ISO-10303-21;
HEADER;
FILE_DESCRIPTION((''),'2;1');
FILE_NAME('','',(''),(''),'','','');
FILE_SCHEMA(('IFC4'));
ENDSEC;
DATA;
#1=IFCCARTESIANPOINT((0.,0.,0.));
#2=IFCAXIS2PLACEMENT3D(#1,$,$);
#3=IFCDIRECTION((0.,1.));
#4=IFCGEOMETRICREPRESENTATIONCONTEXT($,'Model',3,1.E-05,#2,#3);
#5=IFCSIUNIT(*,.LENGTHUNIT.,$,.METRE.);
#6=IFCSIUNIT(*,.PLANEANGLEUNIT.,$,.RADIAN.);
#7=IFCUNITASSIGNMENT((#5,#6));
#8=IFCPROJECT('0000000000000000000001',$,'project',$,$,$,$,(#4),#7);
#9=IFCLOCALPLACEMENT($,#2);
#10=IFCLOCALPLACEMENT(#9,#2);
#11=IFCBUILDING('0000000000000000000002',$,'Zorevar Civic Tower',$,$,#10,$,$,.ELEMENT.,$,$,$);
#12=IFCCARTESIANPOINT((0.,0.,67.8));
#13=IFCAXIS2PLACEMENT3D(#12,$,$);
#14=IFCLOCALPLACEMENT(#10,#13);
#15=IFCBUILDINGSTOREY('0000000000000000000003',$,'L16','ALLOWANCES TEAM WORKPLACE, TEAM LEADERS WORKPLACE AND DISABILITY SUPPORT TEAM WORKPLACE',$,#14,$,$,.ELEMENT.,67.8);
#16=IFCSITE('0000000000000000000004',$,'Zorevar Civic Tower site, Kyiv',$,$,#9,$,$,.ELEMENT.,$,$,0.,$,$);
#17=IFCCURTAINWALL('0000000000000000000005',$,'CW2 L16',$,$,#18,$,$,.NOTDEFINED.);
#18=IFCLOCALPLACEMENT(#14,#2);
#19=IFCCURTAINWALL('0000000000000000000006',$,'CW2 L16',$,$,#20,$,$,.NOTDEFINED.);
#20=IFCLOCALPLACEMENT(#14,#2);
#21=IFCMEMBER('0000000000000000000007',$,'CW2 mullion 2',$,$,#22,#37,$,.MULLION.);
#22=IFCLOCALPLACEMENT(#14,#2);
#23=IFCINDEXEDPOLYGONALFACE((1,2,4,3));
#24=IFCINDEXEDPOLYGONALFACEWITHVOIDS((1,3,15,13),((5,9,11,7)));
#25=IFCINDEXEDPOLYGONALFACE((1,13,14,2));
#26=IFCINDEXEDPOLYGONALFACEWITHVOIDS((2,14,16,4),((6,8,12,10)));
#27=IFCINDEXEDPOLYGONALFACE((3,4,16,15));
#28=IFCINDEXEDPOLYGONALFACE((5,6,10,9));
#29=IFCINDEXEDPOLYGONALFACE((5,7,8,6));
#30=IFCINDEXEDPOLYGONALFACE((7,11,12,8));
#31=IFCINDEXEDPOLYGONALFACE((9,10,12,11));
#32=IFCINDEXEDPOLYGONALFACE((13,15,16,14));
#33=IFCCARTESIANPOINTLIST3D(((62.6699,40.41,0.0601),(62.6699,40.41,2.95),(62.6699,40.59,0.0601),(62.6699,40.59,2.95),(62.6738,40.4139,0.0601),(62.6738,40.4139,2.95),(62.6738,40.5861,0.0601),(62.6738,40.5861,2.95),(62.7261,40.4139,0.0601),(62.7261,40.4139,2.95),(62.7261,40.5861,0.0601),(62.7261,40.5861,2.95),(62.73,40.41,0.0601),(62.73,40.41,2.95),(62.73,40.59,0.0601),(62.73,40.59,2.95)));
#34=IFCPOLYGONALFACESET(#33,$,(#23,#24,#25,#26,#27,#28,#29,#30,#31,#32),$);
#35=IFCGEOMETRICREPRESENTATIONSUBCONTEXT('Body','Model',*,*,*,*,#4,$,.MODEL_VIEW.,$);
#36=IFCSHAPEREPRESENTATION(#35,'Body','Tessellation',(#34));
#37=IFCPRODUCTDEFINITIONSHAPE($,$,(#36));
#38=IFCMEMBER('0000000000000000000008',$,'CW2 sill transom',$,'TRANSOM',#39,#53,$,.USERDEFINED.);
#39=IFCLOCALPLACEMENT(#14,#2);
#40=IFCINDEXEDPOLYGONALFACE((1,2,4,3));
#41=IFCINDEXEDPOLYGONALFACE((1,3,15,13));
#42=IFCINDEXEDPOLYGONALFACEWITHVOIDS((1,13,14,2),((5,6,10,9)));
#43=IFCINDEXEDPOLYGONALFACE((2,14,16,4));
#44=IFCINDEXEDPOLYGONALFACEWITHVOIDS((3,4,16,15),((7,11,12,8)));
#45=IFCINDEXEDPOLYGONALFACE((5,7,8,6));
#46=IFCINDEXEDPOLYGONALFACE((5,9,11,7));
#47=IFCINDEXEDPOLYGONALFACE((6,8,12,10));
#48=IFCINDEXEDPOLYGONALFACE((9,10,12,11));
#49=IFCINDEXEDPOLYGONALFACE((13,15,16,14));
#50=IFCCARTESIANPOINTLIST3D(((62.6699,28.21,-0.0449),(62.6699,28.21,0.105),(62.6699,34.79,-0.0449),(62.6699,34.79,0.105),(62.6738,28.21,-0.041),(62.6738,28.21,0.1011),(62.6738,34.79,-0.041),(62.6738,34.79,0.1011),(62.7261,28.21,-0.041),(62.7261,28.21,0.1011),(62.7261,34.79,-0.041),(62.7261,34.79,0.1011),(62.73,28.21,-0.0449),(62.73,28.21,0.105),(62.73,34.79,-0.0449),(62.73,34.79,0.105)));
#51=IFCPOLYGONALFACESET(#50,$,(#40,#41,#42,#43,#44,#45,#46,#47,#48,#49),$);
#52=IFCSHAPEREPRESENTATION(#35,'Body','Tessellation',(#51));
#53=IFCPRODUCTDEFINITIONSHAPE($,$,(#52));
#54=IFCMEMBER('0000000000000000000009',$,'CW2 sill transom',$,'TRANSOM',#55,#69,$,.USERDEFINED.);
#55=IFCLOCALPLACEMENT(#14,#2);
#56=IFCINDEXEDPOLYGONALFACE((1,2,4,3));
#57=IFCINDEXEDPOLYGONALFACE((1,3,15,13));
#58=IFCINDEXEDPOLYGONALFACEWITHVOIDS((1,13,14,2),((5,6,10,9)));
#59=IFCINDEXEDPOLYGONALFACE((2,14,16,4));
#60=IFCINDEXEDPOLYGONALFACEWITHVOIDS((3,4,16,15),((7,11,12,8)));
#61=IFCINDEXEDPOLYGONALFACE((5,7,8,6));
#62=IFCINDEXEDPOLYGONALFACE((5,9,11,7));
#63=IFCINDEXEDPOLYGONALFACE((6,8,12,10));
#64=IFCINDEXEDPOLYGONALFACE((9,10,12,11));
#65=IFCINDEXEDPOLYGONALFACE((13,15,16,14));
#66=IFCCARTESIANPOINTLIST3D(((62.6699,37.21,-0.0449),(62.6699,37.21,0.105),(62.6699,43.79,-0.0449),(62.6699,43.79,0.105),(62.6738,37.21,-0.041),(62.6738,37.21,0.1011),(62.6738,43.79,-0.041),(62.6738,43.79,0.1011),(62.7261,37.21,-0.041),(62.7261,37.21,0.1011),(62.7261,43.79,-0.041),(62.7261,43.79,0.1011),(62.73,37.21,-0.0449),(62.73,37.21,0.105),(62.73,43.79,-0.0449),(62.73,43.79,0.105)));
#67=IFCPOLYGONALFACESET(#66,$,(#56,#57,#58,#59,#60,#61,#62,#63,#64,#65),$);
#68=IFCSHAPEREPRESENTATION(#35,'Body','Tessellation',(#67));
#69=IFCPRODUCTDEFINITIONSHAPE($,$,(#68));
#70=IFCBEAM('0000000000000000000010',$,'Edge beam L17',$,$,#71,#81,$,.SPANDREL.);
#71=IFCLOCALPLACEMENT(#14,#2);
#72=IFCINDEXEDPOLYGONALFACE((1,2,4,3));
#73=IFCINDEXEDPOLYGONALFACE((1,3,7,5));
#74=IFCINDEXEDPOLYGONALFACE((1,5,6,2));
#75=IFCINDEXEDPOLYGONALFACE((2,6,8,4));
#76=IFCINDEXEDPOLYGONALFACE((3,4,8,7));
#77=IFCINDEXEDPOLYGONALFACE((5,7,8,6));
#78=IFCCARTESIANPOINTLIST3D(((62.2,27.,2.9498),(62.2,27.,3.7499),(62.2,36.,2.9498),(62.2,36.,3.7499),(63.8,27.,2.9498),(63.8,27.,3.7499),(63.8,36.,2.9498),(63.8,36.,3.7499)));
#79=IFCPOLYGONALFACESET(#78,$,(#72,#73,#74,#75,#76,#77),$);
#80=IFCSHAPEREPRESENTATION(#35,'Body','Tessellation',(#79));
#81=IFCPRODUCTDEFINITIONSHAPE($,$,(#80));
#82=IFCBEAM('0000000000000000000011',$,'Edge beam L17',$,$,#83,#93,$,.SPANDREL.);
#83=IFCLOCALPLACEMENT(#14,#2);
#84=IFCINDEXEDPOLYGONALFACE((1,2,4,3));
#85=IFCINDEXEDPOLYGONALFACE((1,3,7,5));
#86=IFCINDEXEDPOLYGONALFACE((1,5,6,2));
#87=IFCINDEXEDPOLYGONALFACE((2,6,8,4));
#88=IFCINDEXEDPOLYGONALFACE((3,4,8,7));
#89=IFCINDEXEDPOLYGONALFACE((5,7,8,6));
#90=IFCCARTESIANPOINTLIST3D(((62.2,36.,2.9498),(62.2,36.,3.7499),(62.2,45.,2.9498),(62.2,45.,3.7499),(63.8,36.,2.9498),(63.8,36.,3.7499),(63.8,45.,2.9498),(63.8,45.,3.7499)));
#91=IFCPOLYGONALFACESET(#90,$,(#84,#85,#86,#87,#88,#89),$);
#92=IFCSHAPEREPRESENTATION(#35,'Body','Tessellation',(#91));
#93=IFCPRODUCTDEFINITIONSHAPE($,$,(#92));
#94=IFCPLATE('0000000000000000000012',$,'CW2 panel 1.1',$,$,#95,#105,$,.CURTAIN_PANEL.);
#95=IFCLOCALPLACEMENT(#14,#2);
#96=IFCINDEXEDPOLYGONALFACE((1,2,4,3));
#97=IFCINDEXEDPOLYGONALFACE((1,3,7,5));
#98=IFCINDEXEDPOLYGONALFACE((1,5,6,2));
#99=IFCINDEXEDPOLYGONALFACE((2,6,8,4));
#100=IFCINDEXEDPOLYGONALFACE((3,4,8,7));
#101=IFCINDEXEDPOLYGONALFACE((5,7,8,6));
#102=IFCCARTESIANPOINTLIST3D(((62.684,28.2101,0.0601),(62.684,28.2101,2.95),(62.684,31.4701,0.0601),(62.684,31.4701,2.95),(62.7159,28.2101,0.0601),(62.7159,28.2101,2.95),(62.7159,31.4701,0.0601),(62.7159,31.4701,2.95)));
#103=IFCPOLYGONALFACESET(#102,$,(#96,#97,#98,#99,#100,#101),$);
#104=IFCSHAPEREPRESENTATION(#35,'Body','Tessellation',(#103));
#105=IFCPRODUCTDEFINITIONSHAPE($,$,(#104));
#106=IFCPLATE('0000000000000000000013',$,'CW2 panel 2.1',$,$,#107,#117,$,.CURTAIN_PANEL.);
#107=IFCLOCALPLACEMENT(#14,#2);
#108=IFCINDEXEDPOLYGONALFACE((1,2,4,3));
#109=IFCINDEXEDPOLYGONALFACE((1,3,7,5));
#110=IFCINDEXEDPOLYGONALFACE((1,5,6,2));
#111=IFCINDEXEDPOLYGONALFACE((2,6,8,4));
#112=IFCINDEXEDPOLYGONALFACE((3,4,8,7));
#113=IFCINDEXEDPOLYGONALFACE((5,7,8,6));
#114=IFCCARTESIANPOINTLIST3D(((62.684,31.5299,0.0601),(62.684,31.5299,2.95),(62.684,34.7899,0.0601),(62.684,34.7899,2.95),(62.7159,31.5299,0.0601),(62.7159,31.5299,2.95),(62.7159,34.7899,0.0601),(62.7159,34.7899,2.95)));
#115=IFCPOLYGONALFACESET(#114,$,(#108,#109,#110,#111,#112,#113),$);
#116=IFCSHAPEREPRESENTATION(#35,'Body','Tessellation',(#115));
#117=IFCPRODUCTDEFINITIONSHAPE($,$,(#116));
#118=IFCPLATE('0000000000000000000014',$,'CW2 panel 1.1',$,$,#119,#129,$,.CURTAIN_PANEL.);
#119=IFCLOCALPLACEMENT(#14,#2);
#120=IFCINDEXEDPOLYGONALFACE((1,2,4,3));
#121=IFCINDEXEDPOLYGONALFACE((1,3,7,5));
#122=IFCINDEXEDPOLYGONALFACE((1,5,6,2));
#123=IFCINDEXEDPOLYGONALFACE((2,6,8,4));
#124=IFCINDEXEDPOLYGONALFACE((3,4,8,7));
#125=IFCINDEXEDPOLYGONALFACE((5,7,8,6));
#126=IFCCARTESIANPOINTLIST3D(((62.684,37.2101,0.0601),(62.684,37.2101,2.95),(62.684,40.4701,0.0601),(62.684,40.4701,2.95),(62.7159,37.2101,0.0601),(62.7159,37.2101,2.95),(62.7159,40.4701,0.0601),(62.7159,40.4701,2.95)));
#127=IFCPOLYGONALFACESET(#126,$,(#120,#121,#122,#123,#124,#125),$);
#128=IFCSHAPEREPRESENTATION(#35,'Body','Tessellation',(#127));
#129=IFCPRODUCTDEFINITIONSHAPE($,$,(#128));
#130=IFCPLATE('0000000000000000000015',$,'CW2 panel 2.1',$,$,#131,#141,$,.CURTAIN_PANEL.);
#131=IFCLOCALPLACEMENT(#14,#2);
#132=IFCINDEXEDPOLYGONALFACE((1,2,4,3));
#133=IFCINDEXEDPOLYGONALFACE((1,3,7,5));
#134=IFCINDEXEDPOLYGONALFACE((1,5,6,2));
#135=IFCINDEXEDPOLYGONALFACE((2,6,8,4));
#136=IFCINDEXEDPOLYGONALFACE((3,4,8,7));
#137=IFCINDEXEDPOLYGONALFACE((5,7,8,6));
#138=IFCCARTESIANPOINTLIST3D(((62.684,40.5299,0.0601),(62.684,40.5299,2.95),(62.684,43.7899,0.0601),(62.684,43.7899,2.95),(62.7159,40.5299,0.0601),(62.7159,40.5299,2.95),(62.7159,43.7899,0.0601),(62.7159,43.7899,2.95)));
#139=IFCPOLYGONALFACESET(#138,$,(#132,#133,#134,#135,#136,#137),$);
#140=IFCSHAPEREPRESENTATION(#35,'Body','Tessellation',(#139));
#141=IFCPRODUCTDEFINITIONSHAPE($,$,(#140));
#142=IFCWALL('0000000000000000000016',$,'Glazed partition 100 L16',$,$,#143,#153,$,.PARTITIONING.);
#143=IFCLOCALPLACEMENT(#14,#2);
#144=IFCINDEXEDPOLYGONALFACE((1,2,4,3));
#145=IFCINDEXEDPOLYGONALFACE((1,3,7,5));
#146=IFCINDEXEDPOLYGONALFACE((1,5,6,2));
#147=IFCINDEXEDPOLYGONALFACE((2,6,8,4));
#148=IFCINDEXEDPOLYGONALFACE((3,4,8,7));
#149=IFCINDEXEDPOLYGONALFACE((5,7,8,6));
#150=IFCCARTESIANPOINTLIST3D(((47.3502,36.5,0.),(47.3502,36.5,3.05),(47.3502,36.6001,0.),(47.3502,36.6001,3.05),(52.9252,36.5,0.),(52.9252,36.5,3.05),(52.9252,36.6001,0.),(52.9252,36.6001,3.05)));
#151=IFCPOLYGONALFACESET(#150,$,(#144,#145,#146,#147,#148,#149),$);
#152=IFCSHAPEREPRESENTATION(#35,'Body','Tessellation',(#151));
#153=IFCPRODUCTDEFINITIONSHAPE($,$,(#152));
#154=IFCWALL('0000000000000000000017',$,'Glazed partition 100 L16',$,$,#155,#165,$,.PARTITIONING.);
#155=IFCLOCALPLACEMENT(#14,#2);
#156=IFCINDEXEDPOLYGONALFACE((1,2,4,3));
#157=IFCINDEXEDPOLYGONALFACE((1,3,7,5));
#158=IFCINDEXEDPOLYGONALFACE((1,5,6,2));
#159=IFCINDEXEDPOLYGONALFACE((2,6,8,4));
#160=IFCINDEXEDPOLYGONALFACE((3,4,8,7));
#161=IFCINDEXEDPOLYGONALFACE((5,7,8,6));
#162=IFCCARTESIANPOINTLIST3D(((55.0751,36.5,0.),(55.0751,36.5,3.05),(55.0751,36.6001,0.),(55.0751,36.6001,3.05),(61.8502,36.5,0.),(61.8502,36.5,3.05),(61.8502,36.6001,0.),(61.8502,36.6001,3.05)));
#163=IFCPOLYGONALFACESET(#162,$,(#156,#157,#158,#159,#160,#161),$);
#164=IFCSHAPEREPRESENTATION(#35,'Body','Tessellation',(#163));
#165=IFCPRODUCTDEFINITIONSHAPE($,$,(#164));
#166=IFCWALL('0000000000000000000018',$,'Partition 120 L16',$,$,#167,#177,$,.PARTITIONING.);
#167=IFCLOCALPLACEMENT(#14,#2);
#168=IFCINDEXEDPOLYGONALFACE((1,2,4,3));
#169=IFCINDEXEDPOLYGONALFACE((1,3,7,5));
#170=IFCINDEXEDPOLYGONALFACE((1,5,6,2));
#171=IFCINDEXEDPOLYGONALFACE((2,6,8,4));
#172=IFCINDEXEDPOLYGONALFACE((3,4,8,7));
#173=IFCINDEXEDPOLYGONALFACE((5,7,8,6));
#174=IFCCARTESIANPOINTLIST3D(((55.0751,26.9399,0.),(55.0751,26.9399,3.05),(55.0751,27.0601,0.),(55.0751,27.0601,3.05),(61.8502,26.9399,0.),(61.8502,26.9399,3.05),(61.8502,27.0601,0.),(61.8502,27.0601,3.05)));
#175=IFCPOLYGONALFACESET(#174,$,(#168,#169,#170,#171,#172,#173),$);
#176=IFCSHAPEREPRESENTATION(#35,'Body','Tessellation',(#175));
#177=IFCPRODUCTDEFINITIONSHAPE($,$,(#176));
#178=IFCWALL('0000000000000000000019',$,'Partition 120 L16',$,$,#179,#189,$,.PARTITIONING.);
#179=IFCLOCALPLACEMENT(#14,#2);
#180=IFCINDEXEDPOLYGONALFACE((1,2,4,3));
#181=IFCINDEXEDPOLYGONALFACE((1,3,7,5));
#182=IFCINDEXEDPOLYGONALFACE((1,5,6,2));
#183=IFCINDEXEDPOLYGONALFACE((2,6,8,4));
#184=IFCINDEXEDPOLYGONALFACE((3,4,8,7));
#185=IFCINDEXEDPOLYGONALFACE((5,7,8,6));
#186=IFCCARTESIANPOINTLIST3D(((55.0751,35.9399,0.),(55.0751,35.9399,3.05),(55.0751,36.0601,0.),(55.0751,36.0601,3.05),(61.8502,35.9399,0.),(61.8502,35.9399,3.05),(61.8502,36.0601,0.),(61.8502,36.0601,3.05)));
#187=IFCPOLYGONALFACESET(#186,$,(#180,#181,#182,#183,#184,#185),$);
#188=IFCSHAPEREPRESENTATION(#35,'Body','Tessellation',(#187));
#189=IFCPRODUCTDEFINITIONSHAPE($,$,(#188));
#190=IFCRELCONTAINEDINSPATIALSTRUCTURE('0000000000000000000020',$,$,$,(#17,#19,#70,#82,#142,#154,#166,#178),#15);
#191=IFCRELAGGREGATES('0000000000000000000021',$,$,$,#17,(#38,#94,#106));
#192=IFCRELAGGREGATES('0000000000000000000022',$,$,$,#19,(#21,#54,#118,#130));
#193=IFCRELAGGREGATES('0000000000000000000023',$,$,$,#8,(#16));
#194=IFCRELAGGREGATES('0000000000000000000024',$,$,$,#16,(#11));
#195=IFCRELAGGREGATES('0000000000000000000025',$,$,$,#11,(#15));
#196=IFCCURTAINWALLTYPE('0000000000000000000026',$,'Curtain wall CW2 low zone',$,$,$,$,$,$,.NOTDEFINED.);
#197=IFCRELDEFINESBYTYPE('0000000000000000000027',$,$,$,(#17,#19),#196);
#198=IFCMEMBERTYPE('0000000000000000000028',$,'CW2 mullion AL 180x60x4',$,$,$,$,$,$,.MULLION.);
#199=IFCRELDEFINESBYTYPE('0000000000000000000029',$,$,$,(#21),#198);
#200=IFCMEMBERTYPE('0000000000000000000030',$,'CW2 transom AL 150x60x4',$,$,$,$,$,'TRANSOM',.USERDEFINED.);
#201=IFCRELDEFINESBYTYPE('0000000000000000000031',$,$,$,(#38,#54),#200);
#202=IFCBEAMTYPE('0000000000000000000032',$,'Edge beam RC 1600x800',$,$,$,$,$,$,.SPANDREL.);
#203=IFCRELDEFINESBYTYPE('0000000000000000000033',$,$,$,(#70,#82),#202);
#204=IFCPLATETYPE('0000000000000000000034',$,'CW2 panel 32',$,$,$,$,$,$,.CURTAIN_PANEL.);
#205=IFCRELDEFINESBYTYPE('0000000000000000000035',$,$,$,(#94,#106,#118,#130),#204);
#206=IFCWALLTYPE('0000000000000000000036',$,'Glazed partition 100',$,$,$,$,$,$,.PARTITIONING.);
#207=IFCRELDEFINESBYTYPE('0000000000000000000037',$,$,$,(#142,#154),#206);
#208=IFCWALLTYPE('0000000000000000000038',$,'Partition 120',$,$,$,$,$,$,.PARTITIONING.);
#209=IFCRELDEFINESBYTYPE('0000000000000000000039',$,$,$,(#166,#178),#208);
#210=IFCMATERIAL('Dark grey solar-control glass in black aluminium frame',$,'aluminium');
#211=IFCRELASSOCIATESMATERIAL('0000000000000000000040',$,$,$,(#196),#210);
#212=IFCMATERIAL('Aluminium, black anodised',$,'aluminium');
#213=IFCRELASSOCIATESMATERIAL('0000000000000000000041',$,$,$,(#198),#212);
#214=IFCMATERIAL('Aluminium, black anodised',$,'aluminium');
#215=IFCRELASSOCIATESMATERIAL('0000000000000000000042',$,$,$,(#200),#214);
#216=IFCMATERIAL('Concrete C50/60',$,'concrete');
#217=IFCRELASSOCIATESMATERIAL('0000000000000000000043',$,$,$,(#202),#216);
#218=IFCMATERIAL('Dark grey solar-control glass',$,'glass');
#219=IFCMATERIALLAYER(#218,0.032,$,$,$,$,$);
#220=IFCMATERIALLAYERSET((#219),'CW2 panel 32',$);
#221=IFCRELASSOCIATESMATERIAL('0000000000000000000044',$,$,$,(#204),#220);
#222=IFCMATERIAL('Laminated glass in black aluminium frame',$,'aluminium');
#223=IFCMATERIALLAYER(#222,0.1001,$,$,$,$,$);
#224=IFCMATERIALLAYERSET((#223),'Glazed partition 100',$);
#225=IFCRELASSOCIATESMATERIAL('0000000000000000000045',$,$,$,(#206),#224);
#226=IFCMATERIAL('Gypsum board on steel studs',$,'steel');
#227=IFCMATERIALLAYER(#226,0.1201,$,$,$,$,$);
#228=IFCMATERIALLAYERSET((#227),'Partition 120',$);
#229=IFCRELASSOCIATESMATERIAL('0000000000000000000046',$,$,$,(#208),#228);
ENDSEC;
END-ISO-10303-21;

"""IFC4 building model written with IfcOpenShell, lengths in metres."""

from ifc_helpers import new_model, si_unit, direction, frame, frame_2d, origin, origin_2d, place, context, subcontext, project, spatial, rectangle, hollow_rectangle, extrude, material, layer, layer_set, material_profile, profile_set, type_object, element, aggregate, save


model = new_model("IFC4")

# Units and contexts
model_context = context("Model", 3, precision=1e-05, world=origin(), true_north=direction((0.0, 1.0)))
body_context = subcontext(model_context, "Body", "Model", "MODEL_VIEW")
ifc_project = project(units=[si_unit("LENGTHUNIT", "METRE"), si_unit("PLANEANGLEUNIT", "RADIAN")], contexts=[model_context])

# Site, building, storey
site_placement = place(None, origin())
site = spatial("IfcSite", under=ifc_project, at=site_placement, Name="Zorevar Civic Tower site, Kyiv", CompositionType="ELEMENT", RefElevation=0.0)
building_placement = place(site_placement, origin())
building = spatial("IfcBuilding", under=site, at=building_placement, Name="Zorevar Civic Tower", CompositionType="ELEMENT")
storey_placement = place(building_placement, frame((0.0, 0.0, 67.8)))
storey = spatial("IfcBuildingStorey", under=building, at=storey_placement, Name="L16", Description="ALLOWANCES TEAM WORKPLACE, TEAM LEADERS WORKPLACE AND DISABILITY SUPPORT TEAM WORKPLACE", CompositionType="ELEMENT", Elevation=67.8)

# Curtain walls, member
ifc_material_1 = material(Name="Dark grey solar-control glass in black aluminium frame", Category="aluminium")
curtain_wall_type = type_object("IfcCurtainWallType", Name="Curtain wall CW2 low zone", PredefinedType="NOTDEFINED", material=ifc_material_1)
curtain_wall_1_placement = place(storey_placement, origin())
curtain_wall_1 = element("IfcCurtainWall", 1, at=curtain_wall_1_placement, inside=storey, type_object=curtain_wall_type, Name="CW2 L16", PredefinedType="NOTDEFINED")
ifc_material_2 = material(Name="Aluminium, black anodised", Category="aluminium")
ifc_material_profile_1 = material_profile(ifc_material_2, hollow_rectangle(XDim=0.0601, YDim=0.1799, WallThickness=0.0039, at=origin_2d()), Name="AL 180x60x4")
ifc_profile_set_1 = profile_set([ifc_material_profile_1], Name="Aluminium, black anodised")
member_type_1 = type_object("IfcMemberType", Name="CW2 mullion AL 180x60x4", PredefinedType="MULLION", material=ifc_profile_set_1)
curtain_wall_2_placement = place(storey_placement, origin())
curtain_wall_2 = element("IfcCurtainWall", 2, at=curtain_wall_2_placement, inside=storey, type_object=curtain_wall_type, Name="CW2 L16", PredefinedType="NOTDEFINED")
member_1_placement = place(storey_placement, frame((62.7, 40.5, 0.0601), z_axis=(0.0, 0.0, 1.0), x_axis=(-1.0, 0.0, 0.0)))
member_1 = element("IfcMember", 3, at=member_1_placement, type_object=member_type_1, Name="CW2 mullion 2", PredefinedType="MULLION", context=body_context, shape_type="SweptSolid", body=[
    extrude(hollow_rectangle(XDim=0.0601, YDim=0.1799, WallThickness=0.0039, at=origin_2d()), origin(), (0.0, 0.0, 1.0), 2.8899),
])

# Members
ifc_material_3 = material(Name="Aluminium, black anodised", Category="aluminium")
ifc_material_profile_2 = material_profile(ifc_material_3, hollow_rectangle(XDim=0.0601, YDim=0.1499, WallThickness=0.0039, at=origin_2d()), Name="AL 150x60x4")
ifc_profile_set_2 = profile_set([ifc_material_profile_2], Name="Aluminium, black anodised")
member_type_2 = type_object("IfcMemberType", Name="CW2 transom AL 150x60x4", ElementType="TRANSOM", PredefinedType="USERDEFINED", material=ifc_profile_set_2)
member_2_placement = place(storey_placement, frame((62.7, 28.21, 0.03), z_axis=(0.0, 1.0, 0.0), x_axis=(-1.0, 0.0, 0.0)))
member_2 = element("IfcMember", 4, at=member_2_placement, type_object=member_type_2, Name="CW2 sill transom", ObjectType="TRANSOM", PredefinedType="USERDEFINED", context=body_context, shape_type="SweptSolid", body=[
    extrude(hollow_rectangle(XDim=0.0601, YDim=0.1499, WallThickness=0.0039, at=origin_2d()), origin(), (0.0, 0.0, 1.0), 6.5801),
])
member_3_placement = place(storey_placement, frame((62.7, 37.21, 0.03), z_axis=(0.0, 1.0, 0.0), x_axis=(-1.0, 0.0, 0.0)))
member_3 = element("IfcMember", 5, at=member_3_placement, type_object=member_type_2, Name="CW2 sill transom", ObjectType="TRANSOM", PredefinedType="USERDEFINED", context=body_context, shape_type="SweptSolid", body=[
    extrude(hollow_rectangle(XDim=0.0601, YDim=0.1499, WallThickness=0.0039, at=origin_2d()), origin(), (0.0, 0.0, 1.0), 6.5801),
])

# Beams
ifc_material_4 = material(Name="Concrete C50/60", Category="concrete")
ifc_material_profile_3 = material_profile(ifc_material_4, rectangle(XDim=1.6001, YDim=0.8, at=origin_2d()), Name="RC 1600x800")
ifc_profile_set_3 = profile_set([ifc_material_profile_3], Name="Concrete C50/60")
beam_type_1 = type_object("IfcBeamType", Name="Edge beam RC 1600x800", PredefinedType="SPANDREL", material=ifc_profile_set_3)
for number, where, z_axis, x_axis, name in (
    (6, (63.0, 27.0, 3.3499), (0.0, 1.0, 0.0), (-1.0, 0.0, 0.0), "Edge beam L17"),
    (7, (63.0, 36.0, 3.3499), (0.0, 1.0, 0.0), (-1.0, 0.0, 0.0), "Edge beam L17"),
):
    element("IfcBeam", number, at=place(storey_placement, frame(where, z_axis=z_axis, x_axis=x_axis)), inside=storey, type_object=beam_type_1, Name=name, PredefinedType="SPANDREL", context=body_context, shape_type="SweptSolid", body=[
        extrude(rectangle(XDim=1.6001, YDim=0.8, at=origin_2d()), origin(), (0.0, 0.0, 1.0), 9.0),
    ])

# Plates
ifc_material_5 = material(Name="Dark grey solar-control glass", Category="glass")
ifc_layer_1 = layer(ifc_material_5, 0.032)
ifc_layer_set_1 = layer_set([ifc_layer_1], Name="CW2 panel 32")
plate_type = type_object("IfcPlateType", Name="CW2 panel 32", PredefinedType="CURTAIN_PANEL", material=ifc_layer_set_1)
plate_1_placement = place(storey_placement, frame((62.7, 29.8401, 0.0601), z_axis=(0.0, 0.0, 1.0), x_axis=(0.0, 1.0, 0.0)))
plate_1 = element("IfcPlate", 8, at=plate_1_placement, type_object=plate_type, Name="CW2 panel 1.1", PredefinedType="CURTAIN_PANEL", context=body_context, shape_type="SweptSolid", body=[
    extrude(rectangle(XDim=3.26, YDim=0.032, at=origin_2d()), origin(), (0.0, 0.0, 1.0), 2.8899),
])
plate_2_placement = place(storey_placement, frame((62.7, 33.1599, 0.0601), z_axis=(0.0, 0.0, 1.0), x_axis=(0.0, 1.0, 0.0)))
plate_2 = element("IfcPlate", 9, at=plate_2_placement, type_object=plate_type, Name="CW2 panel 2.1", PredefinedType="CURTAIN_PANEL", context=body_context, shape_type="SweptSolid", body=[
    extrude(rectangle(XDim=3.26, YDim=0.032, at=origin_2d()), origin(), (0.0, 0.0, 1.0), 2.8899),
])
aggregate(curtain_wall_1, [member_2, plate_1, plate_2])
plate_3_placement = place(storey_placement, frame((62.7, 38.8401, 0.0601), z_axis=(0.0, 0.0, 1.0), x_axis=(0.0, 1.0, 0.0)))
plate_3 = element("IfcPlate", 10, at=plate_3_placement, type_object=plate_type, Name="CW2 panel 1.1", PredefinedType="CURTAIN_PANEL", context=body_context, shape_type="SweptSolid", body=[
    extrude(rectangle(XDim=3.26, YDim=0.032, at=origin_2d()), origin(), (0.0, 0.0, 1.0), 2.8899),
])
plate_4_placement = place(storey_placement, frame((62.7, 42.1599, 0.0601), z_axis=(0.0, 0.0, 1.0), x_axis=(0.0, 1.0, 0.0)))
plate_4 = element("IfcPlate", 11, at=plate_4_placement, type_object=plate_type, Name="CW2 panel 2.1", PredefinedType="CURTAIN_PANEL", context=body_context, shape_type="SweptSolid", body=[
    extrude(rectangle(XDim=3.26, YDim=0.032, at=origin_2d()), origin(), (0.0, 0.0, 1.0), 2.8899),
])
aggregate(curtain_wall_2, [member_1, member_3, plate_3, plate_4])

# Walls
ifc_material_6 = material(Name="Laminated glass in black aluminium frame", Category="aluminium")
ifc_layer_2 = layer(ifc_material_6, 0.1001)
ifc_layer_set_2 = layer_set([ifc_layer_2], Name="Glazed partition 100")
wall_type_1 = type_object("IfcWallType", Name="Glazed partition 100", PredefinedType="PARTITIONING", material=ifc_layer_set_2)
wall_1_placement = place(storey_placement, frame((47.3501, 36.55, 0.0), z_axis=(0.0, 0.0, 1.0), x_axis=(1.0, 0.0, 0.0)))
element("IfcWall", 12, at=wall_1_placement, inside=storey, type_object=wall_type_1, Name="Glazed partition 100 L16", PredefinedType="PARTITIONING", context=body_context, shape_type="SweptSolid", body=[
    extrude(rectangle(XDim=5.575, YDim=0.1001, at=frame_2d((2.7876, 0.0))), origin(), (0.0, 0.0, 1.0), 3.05),
])
wall_2_placement = place(storey_placement, frame((55.075, 36.55, 0.0), z_axis=(0.0, 0.0, 1.0), x_axis=(1.0, 0.0, 0.0)))
element("IfcWall", 13, at=wall_2_placement, inside=storey, type_object=wall_type_1, Name="Glazed partition 100 L16", PredefinedType="PARTITIONING", context=body_context, shape_type="SweptSolid", body=[
    extrude(rectangle(XDim=6.7751, YDim=0.1001, at=frame_2d((3.3877, 0.0))), origin(), (0.0, 0.0, 1.0), 3.05),
])
ifc_material_7 = material(Name="Gypsum board on steel studs", Category="steel")
ifc_layer_3 = layer(ifc_material_7, 0.1201)
ifc_layer_set_3 = layer_set([ifc_layer_3], Name="Partition 120")
wall_type_2 = type_object("IfcWallType", Name="Partition 120", PredefinedType="PARTITIONING", material=ifc_layer_set_3)
for number, where, z_axis, x_axis, name in (
    (14, (55.075, 27.0, 0.0), (0.0, 0.0, 1.0), (1.0, 0.0, 0.0), "Partition 120 L16"),
    (15, (55.075, 36.0, 0.0), (0.0, 0.0, 1.0), (1.0, 0.0, 0.0), "Partition 120 L16"),
):
    element("IfcWall", number, at=place(storey_placement, frame(where, z_axis=z_axis, x_axis=x_axis)), inside=storey, type_object=wall_type_2, Name=name, PredefinedType="PARTITIONING", context=body_context, shape_type="SweptSolid", body=[
        extrude(rectangle(XDim=6.7751, YDim=0.1201, at=frame_2d((3.3877, 0.0))), origin(), (0.0, 0.0, 1.0), 3.05),
    ])

save(model, "model.ifc")
